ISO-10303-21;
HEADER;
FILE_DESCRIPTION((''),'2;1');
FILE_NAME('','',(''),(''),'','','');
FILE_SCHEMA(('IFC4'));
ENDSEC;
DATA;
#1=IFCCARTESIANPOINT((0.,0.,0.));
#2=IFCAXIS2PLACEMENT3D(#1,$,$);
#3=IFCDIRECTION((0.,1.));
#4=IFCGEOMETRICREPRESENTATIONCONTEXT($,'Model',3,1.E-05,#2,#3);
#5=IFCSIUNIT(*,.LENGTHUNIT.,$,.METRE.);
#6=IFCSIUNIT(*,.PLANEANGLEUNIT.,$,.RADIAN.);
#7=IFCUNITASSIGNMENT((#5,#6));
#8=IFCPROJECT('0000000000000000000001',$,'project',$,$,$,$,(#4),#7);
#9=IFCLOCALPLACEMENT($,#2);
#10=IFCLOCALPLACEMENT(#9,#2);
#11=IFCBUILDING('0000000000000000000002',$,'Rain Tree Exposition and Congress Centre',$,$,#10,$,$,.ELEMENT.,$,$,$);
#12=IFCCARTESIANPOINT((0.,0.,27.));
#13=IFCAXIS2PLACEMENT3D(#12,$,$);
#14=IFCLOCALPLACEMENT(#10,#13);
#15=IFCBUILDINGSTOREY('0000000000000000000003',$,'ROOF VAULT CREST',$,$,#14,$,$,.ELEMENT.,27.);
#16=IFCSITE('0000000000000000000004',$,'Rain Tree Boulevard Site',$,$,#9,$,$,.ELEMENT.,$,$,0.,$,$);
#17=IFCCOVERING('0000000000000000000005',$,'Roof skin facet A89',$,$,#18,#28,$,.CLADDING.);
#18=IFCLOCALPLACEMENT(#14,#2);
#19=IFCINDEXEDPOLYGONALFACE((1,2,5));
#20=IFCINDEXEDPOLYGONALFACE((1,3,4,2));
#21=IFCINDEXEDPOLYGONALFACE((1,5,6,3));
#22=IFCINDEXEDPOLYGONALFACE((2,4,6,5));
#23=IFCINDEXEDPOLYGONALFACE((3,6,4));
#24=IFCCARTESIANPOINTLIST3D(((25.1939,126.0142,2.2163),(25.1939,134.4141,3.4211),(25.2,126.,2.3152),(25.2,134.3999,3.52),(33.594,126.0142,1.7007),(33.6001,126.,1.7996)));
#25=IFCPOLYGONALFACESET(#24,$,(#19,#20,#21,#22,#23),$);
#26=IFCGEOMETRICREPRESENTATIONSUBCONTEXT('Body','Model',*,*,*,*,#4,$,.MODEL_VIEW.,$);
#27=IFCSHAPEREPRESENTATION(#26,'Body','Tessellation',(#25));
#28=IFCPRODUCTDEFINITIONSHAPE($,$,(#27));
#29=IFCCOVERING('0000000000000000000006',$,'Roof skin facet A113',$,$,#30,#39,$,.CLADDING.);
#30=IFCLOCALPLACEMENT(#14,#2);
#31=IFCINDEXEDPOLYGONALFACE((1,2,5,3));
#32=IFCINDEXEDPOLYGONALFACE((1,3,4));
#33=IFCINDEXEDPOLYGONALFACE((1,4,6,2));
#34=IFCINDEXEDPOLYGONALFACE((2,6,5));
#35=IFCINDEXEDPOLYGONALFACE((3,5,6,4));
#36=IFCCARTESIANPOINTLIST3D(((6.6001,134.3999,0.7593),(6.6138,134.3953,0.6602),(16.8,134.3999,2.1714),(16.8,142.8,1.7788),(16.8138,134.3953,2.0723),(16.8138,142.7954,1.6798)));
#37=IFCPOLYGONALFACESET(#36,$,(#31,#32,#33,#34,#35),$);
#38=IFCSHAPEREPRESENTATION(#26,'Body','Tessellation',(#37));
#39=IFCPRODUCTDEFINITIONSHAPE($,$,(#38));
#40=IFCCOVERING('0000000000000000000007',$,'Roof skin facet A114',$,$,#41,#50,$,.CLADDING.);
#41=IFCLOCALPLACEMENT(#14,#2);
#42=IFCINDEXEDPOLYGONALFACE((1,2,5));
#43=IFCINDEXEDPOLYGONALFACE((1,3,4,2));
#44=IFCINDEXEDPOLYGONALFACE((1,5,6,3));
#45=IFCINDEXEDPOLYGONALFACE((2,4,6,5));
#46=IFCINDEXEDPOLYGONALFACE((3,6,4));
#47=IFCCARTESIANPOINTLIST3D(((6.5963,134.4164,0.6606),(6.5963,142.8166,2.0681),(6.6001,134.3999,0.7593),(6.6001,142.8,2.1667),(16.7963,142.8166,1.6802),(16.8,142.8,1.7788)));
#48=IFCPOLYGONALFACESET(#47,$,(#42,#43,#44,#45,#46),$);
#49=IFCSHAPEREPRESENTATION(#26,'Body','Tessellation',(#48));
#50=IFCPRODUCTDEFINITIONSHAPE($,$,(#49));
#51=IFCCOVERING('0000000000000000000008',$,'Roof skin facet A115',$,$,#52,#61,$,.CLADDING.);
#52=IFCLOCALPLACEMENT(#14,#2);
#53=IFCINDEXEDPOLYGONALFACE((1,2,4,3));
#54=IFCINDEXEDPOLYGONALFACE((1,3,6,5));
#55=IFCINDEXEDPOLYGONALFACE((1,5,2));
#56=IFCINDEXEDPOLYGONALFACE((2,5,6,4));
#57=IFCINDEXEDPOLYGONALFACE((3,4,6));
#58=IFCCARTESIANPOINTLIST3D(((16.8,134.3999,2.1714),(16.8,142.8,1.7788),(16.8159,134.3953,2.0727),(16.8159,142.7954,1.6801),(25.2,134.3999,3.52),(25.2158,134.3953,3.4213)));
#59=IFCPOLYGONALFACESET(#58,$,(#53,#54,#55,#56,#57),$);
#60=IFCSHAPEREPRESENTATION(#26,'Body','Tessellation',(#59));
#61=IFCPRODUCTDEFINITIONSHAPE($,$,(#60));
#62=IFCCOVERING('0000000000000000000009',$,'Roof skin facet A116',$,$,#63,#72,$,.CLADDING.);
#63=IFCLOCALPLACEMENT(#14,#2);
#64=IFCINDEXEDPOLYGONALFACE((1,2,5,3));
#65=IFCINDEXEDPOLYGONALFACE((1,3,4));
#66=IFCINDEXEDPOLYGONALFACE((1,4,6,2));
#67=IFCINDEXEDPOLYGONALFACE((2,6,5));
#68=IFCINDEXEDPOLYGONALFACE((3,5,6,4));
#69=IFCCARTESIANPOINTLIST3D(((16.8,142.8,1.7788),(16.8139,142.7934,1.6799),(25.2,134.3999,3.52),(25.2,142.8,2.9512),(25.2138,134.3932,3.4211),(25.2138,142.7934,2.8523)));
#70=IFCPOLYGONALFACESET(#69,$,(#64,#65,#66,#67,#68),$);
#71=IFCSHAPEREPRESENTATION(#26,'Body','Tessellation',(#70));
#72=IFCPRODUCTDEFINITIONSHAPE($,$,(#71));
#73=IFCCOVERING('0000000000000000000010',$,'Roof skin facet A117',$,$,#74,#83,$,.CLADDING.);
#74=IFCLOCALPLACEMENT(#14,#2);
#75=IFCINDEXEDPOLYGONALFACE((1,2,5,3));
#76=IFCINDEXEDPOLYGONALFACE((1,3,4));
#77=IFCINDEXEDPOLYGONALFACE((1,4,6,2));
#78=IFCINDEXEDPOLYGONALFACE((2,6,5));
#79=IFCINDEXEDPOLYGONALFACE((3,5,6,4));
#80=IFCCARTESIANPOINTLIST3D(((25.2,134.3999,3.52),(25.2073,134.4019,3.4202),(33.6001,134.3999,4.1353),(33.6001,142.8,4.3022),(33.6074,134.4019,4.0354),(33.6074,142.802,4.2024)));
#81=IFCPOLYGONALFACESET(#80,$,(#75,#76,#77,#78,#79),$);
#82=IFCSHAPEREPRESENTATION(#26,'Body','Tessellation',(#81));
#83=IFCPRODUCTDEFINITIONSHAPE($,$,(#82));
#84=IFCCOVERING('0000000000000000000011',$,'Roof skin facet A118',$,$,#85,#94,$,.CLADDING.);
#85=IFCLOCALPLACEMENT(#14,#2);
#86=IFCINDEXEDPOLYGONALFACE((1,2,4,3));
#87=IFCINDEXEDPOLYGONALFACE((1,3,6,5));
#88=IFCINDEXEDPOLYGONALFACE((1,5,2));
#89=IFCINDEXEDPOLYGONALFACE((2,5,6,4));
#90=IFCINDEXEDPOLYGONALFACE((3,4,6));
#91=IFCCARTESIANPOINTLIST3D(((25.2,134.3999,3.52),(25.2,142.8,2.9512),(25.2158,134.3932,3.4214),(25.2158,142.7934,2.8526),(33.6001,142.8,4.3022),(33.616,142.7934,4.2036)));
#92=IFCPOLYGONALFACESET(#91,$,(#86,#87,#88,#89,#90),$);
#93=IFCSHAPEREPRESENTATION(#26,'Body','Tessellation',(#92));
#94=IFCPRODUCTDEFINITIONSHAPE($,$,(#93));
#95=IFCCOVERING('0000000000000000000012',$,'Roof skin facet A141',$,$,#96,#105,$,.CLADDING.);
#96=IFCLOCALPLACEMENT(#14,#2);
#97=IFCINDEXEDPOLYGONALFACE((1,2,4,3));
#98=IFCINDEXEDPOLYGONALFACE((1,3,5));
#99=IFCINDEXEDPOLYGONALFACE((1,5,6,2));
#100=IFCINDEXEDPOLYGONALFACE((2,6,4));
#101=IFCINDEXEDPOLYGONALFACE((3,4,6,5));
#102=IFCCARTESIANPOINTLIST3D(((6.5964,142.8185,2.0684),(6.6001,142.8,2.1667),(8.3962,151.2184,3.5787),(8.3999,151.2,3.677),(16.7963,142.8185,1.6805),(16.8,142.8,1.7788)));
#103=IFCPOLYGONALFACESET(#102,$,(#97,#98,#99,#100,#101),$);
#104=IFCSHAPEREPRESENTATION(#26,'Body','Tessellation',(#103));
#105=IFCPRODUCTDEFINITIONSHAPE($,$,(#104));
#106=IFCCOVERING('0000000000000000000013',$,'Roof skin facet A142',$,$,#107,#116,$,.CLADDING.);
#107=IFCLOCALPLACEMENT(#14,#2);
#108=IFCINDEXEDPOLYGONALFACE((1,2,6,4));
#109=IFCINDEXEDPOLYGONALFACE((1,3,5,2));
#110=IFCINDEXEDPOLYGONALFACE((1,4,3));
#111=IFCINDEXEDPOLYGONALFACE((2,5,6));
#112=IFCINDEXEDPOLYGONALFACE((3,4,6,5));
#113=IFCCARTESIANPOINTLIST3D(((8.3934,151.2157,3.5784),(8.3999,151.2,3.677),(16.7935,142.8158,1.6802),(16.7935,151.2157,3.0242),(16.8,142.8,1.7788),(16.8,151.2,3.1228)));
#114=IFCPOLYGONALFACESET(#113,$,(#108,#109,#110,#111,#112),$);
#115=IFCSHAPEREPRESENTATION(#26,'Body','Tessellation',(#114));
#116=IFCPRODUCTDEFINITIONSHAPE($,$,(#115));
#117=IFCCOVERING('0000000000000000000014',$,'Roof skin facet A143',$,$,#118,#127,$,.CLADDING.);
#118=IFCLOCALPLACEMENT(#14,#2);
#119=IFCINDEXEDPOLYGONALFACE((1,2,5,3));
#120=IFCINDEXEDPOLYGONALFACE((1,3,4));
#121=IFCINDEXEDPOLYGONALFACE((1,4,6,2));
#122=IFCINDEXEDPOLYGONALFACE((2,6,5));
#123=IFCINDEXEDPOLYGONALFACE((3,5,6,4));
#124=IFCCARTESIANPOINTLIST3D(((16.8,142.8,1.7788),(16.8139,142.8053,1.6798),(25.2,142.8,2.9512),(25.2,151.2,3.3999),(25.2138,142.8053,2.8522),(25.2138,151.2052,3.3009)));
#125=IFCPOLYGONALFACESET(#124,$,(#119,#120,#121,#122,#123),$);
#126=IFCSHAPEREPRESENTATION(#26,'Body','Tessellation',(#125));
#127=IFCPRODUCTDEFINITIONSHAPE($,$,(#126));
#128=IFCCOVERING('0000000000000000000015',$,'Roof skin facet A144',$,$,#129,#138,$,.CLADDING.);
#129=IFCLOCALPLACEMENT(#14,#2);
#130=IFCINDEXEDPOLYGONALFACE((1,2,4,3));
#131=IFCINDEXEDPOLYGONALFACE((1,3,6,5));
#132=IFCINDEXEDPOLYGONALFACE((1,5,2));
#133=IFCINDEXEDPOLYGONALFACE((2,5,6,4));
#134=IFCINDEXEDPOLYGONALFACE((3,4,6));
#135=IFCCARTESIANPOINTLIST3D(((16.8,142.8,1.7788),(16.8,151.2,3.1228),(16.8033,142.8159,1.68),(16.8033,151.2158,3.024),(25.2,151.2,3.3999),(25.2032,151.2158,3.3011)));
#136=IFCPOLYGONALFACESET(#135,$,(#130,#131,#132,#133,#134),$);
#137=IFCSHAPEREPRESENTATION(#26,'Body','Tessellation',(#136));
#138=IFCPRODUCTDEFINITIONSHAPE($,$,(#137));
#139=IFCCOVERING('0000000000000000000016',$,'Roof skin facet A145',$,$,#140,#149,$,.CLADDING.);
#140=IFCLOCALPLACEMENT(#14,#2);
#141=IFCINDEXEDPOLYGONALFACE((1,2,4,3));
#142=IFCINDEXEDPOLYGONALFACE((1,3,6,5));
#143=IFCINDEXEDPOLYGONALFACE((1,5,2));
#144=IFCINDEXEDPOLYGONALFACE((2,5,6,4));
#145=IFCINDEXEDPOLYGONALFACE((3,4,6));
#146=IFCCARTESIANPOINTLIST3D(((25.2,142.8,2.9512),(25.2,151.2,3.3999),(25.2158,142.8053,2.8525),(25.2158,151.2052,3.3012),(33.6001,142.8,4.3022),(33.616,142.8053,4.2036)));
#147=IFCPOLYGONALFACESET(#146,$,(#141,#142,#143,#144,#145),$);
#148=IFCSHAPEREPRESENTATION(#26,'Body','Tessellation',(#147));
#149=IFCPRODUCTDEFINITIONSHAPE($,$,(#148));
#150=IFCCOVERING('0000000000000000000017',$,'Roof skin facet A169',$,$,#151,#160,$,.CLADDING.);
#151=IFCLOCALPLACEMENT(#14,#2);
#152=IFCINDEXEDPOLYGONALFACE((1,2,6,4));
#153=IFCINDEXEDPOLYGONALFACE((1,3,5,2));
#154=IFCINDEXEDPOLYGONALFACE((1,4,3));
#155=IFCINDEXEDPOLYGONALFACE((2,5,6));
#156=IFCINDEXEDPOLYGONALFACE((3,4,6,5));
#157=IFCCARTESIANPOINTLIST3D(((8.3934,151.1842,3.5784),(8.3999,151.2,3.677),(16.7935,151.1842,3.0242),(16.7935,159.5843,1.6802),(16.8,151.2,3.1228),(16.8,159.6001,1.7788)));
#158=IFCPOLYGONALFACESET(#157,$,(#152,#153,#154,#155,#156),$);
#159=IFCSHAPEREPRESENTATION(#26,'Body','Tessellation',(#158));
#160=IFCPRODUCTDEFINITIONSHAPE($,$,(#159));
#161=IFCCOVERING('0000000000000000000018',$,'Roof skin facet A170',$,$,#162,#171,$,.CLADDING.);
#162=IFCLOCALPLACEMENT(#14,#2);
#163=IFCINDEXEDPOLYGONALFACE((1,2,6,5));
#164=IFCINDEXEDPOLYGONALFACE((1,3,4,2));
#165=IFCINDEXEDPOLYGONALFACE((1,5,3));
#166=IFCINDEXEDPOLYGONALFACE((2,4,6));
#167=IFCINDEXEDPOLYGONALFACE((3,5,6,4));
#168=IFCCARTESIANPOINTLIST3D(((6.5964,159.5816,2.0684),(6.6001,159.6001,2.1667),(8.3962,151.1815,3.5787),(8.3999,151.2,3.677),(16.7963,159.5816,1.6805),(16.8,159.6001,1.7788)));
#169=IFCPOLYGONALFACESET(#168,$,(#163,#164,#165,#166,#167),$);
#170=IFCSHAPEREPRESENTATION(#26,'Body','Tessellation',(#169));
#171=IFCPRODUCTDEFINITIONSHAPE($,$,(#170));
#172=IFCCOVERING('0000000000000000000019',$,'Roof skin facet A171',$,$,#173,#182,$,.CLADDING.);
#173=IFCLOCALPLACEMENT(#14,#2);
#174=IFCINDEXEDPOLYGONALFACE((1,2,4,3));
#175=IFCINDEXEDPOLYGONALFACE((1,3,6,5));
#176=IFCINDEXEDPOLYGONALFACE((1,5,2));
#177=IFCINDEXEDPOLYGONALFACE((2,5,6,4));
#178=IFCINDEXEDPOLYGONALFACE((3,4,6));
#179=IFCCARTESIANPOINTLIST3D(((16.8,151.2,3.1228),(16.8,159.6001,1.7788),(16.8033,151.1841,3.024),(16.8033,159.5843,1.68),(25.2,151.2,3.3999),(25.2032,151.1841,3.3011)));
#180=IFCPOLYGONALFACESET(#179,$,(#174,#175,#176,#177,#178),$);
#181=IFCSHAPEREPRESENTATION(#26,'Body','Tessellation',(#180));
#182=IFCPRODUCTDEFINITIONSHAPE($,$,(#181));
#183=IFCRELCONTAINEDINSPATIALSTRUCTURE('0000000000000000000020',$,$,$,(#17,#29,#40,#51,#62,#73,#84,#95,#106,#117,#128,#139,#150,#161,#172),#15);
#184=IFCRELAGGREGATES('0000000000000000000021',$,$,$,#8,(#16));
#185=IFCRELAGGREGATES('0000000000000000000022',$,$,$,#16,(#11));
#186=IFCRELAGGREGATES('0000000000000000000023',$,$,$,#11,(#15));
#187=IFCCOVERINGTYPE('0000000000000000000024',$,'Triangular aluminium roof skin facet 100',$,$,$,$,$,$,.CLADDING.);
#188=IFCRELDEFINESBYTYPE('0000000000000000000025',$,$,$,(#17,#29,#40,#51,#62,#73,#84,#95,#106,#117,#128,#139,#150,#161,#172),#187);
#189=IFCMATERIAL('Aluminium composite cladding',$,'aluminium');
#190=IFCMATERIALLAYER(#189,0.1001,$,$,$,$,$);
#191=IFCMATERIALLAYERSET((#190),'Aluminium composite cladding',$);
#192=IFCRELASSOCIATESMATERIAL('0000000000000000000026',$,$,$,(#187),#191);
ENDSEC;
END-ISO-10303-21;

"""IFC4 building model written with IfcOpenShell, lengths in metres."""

from ifc_helpers import new_model, si_unit, direction, frame, origin, place, context, subcontext, project, spatial, polyline, outline, extrude, material, layer, layer_set, type_object, element, save


model = new_model("IFC4")

# Units and contexts
model_context = context("Model", 3, precision=1e-05, world=origin(), true_north=direction((0.0, 1.0)))
body_context = subcontext(model_context, "Body", "Model", "MODEL_VIEW")
ifc_project = project(units=[si_unit("LENGTHUNIT", "METRE"), si_unit("PLANEANGLEUNIT", "RADIAN")], contexts=[model_context])

# Site, building, storey
site_placement = place(None, origin())
site = spatial("IfcSite", under=ifc_project, at=site_placement, Name="Rain Tree Boulevard Site", CompositionType="ELEMENT", RefElevation=0.0)
building_placement = place(site_placement, origin())
building = spatial("IfcBuilding", under=site, at=building_placement, Name="Rain Tree Exposition and Congress Centre", CompositionType="ELEMENT")
storey_placement = place(building_placement, frame((0.0, 0.0, 27.0)))
storey = spatial("IfcBuildingStorey", under=building, at=storey_placement, Name="ROOF VAULT CREST", CompositionType="ELEMENT", Elevation=27.0)

# Coverings
ifc_material_1 = material(Name="Aluminium composite cladding", Category="aluminium")
ifc_layer_1 = layer(ifc_material_1, 0.1001)
ifc_layer_set_1 = layer_set([ifc_layer_1], Name="Aluminium composite cladding")
covering_type_1 = type_object("IfcCoveringType", Name="Triangular aluminium roof skin facet 100", PredefinedType="CLADDING", material=ifc_layer_set_1)
covering_1_placement = place(storey_placement, frame((25.2, 126.0, 2.3152), z_axis=(0.060649, -0.14172, 0.988047), x_axis=(0.998121, 0.0, -0.061268)))
element("IfcCovering", 1, at=covering_1_placement, inside=storey, type_object=covering_type_1, Name="Roof skin facet A89", PredefinedType="CLADDING", context=body_context, shape_type="SweptSolid", body=[
    extrude(outline(polyline([(0.0, 0.0), (8.416, 0.0), (-0.0738, 8.4855), (0.0, 0.0)])), origin(), (0.0, 0.0, -1.0), 0.1001),
])
covering_2_placement = place(storey_placement, frame((6.6001, 134.3999, 0.7593), z_axis=(-0.136988, 0.046244, 0.989493), x_axis=(0.990552, 0.0, 0.137135)))
element("IfcCovering", 2, at=covering_2_placement, inside=storey, type_object=covering_type_1, Name="Roof skin facet A113", PredefinedType="CLADDING", context=body_context, shape_type="SweptSolid", body=[
    extrude(outline(polyline([(0.0, 0.0), (10.2972, 0.0), (10.2434, 8.4091), (0.0, 0.0)])), origin(), (0.0, 0.0, -1.0), 0.1001),
])
covering_3_placement = place(storey_placement, frame((6.6001, 134.3999, 0.7593), z_axis=(0.037484, -0.165133, 0.985559), x_axis=(0.769636, 0.633832, 0.076929)))
element("IfcCovering", 3, at=covering_3_placement, inside=storey, type_object=covering_type_1, Name="Roof skin facet A114", PredefinedType="CLADDING", context=body_context, shape_type="SweptSolid", body=[
    extrude(outline(polyline([(0.0, 0.0), (13.253, 0.0), (5.4326, 6.5598), (0.0, 0.0)])), origin(), (0.0, 0.0, -1.0), 0.1001),
])
covering_4_placement = place(storey_placement, frame((16.8, 134.3999, 2.1714), z_axis=(-0.158355, 0.046095, 0.986306), x_axis=(0.987355, 0.0, 0.158523)))
element("IfcCovering", 4, at=covering_4_placement, inside=storey, type_object=covering_type_1, Name="Roof skin facet A115", PredefinedType="CLADDING", context=body_context, shape_type="SweptSolid", body=[
    extrude(outline(polyline([(0.0, 0.0), (8.5075, 0.0), (-0.0622, 8.4091), (0.0, 0.0)])), origin(), (0.0, 0.0, -1.0), 0.1001),
])
covering_5_placement = place(storey_placement, frame((25.2, 134.3999, 3.52), z_axis=(-0.137919, 0.066918, 0.98818), x_axis=(0.0, 0.997715, -0.067564)))
element("IfcCovering", 5, at=covering_5_placement, inside=storey, type_object=covering_type_1, Name="Roof skin facet A116", PredefinedType="CLADDING", context=body_context, shape_type="SweptSolid", body=[
    extrude(outline(polyline([(0.0, 0.0), (8.4194, 0.0), (8.4986, 8.481), (0.0, 0.0)])), origin(), (0.0, 0.0, -1.0), 0.1001),
])
covering_6_placement = place(storey_placement, frame((25.2, 134.3999, 3.52), z_axis=(-0.073031, -0.019823, 0.997133), x_axis=(0.997329, 0.0, 0.073045)))
element("IfcCovering", 6, at=covering_6_placement, inside=storey, type_object=covering_type_1, Name="Roof skin facet A117", PredefinedType="CLADDING", context=body_context, shape_type="SweptSolid", body=[
    extrude(outline(polyline([(0.0, 0.0), (8.4226, 0.0), (8.4348, 8.4018), (0.0, 0.0)])), origin(), (0.0, 0.0, -1.0), 0.1001),
])
covering_7_placement = place(storey_placement, frame((25.2, 134.3999, 3.52), z_axis=(-0.158445, 0.066711, 0.985112), x_axis=(0.705579, 0.705579, 0.065704)))
element("IfcCovering", 7, at=covering_7_placement, inside=storey, type_object=covering_type_1, Name="Roof skin facet A118", PredefinedType="CLADDING", context=body_context, shape_type="SweptSolid", body=[
    extrude(outline(polyline([(0.0, 0.0), (11.9053, 0.0), (5.8896, 6.0165), (0.0, 0.0)])), origin(), (0.0, 0.0, -1.0), 0.1001),
])
covering_8_placement = place(storey_placement, frame((6.6001, 142.8, 2.1667), z_axis=(0.037353, -0.184581, 0.982107), x_axis=(0.999278, 0.0, -0.038006)))
element("IfcCovering", 8, at=covering_8_placement, inside=storey, type_object=covering_type_1, Name="Roof skin facet A141", PredefinedType="CLADDING", context=body_context, shape_type="SweptSolid", body=[
    extrude(outline(polyline([(0.0, 0.0), (10.2073, 0.0), (1.7411, 8.5468), (0.0, 0.0)])), origin(), (0.0, 0.0, -1.0), 0.1001),
])
covering_9_placement = place(storey_placement, frame((16.8, 142.8, 1.7788), z_axis=(0.065009, -0.157657, 0.985352), x_axis=(0.0, 0.98744, 0.157992)))
element("IfcCovering", 9, at=covering_9_placement, inside=storey, type_object=covering_type_1, Name="Roof skin facet A142", PredefinedType="CLADDING", context=body_context, shape_type="SweptSolid", body=[
    extrude(outline(polyline([(0.0, 0.0), (8.5067, 0.0), (8.5943, 8.418), (0.0, 0.0)])), origin(), (0.0, 0.0, -1.0), 0.1001),
])
covering_10_placement = place(storey_placement, frame((16.8, 142.8, 1.7788), z_axis=(-0.138036, -0.052834, 0.989017), x_axis=(0.9904, 0.0, 0.138229)))
element("IfcCovering", 10, at=covering_10_placement, inside=storey, type_object=covering_type_1, Name="Roof skin facet A143", PredefinedType="CLADDING", context=body_context, shape_type="SweptSolid", body=[
    extrude(outline(polyline([(0.0, 0.0), (8.4813, 0.0), (8.5433, 8.4117), (0.0, 0.0)])), origin(), (0.0, 0.0, -1.0), 0.1001),
])
covering_11_placement = place(storey_placement, frame((16.8, 142.8, 1.7788), z_axis=(-0.032557, -0.157908, 0.986917), x_axis=(0.700613, 0.700613, 0.135211)))
element("IfcCovering", 11, at=covering_11_placement, inside=storey, type_object=covering_type_1, Name="Roof skin facet A144", PredefinedType="CLADDING", context=body_context, shape_type="SweptSolid", body=[
    extrude(outline(polyline([(0.0, 0.0), (11.9894, 0.0), (6.0668, 5.9631), (0.0, 0.0)])), origin(), (0.0, 0.0, -1.0), 0.1001),
])
covering_12_placement = place(storey_placement, frame((25.2, 142.8, 2.9512), z_axis=(-0.158578, -0.05267, 0.985941), x_axis=(0.987311, 0.0, 0.158798)))
element("IfcCovering", 12, at=covering_12_placement, inside=storey, type_object=covering_type_1, Name="Roof skin facet A145", PredefinedType="CLADDING", context=body_context, shape_type="SweptSolid", body=[
    extrude(outline(polyline([(0.0, 0.0), (8.5081, 0.0), (0.0713, 8.4116), (0.0, 0.0)])), origin(), (0.0, 0.0, -1.0), 0.1001),
])
covering_13_placement = place(storey_placement, frame((8.3999, 151.2, 3.677), z_axis=(0.065009, 0.157653, 0.985352), x_axis=(0.997831, 0.0, -0.065832)))
element("IfcCovering", 13, at=covering_13_placement, inside=storey, type_object=covering_type_1, Name="Roof skin facet A169", PredefinedType="CLADDING", context=body_context, shape_type="SweptSolid", body=[
    extrude(outline(polyline([(0.0, 0.0), (8.4184, 0.0), (8.5069, 8.5065), (0.0, 0.0)])), origin(), (0.0, 0.0, -1.0), 0.1001),
])
covering_14_placement = place(storey_placement, frame((8.3999, 151.2, 3.677), z_axis=(0.037353, 0.184575, 0.982108), x_axis=(0.698249, 0.698249, -0.157784)))
element("IfcCovering", 14, at=covering_14_placement, inside=storey, type_object=covering_type_1, Name="Roof skin facet A170", PredefinedType="CLADDING", context=body_context, shape_type="SweptSolid", body=[
    extrude(outline(polyline([(0.0, 0.0), (12.0303, 0.0), (4.847, 7.2519), (0.0, 0.0)])), origin(), (0.0, 0.0, -1.0), 0.1001),
])
covering_15_placement = place(storey_placement, frame((16.8, 151.2, 3.1228), z_axis=(-0.032557, 0.157903, 0.986918), x_axis=(0.999456, 0.0, 0.03297)))
element("IfcCovering", 15, at=covering_15_placement, inside=storey, type_object=covering_type_1, Name="Roof skin facet A171", PredefinedType="CLADDING", context=body_context, shape_type="SweptSolid", body=[
    extrude(outline(polyline([(0.0, 0.0), (8.4045, 0.0), (-0.0443, 8.5069), (0.0, 0.0)])), origin(), (0.0, 0.0, -1.0), 0.1001),
])

save(model, "model.ifc")
